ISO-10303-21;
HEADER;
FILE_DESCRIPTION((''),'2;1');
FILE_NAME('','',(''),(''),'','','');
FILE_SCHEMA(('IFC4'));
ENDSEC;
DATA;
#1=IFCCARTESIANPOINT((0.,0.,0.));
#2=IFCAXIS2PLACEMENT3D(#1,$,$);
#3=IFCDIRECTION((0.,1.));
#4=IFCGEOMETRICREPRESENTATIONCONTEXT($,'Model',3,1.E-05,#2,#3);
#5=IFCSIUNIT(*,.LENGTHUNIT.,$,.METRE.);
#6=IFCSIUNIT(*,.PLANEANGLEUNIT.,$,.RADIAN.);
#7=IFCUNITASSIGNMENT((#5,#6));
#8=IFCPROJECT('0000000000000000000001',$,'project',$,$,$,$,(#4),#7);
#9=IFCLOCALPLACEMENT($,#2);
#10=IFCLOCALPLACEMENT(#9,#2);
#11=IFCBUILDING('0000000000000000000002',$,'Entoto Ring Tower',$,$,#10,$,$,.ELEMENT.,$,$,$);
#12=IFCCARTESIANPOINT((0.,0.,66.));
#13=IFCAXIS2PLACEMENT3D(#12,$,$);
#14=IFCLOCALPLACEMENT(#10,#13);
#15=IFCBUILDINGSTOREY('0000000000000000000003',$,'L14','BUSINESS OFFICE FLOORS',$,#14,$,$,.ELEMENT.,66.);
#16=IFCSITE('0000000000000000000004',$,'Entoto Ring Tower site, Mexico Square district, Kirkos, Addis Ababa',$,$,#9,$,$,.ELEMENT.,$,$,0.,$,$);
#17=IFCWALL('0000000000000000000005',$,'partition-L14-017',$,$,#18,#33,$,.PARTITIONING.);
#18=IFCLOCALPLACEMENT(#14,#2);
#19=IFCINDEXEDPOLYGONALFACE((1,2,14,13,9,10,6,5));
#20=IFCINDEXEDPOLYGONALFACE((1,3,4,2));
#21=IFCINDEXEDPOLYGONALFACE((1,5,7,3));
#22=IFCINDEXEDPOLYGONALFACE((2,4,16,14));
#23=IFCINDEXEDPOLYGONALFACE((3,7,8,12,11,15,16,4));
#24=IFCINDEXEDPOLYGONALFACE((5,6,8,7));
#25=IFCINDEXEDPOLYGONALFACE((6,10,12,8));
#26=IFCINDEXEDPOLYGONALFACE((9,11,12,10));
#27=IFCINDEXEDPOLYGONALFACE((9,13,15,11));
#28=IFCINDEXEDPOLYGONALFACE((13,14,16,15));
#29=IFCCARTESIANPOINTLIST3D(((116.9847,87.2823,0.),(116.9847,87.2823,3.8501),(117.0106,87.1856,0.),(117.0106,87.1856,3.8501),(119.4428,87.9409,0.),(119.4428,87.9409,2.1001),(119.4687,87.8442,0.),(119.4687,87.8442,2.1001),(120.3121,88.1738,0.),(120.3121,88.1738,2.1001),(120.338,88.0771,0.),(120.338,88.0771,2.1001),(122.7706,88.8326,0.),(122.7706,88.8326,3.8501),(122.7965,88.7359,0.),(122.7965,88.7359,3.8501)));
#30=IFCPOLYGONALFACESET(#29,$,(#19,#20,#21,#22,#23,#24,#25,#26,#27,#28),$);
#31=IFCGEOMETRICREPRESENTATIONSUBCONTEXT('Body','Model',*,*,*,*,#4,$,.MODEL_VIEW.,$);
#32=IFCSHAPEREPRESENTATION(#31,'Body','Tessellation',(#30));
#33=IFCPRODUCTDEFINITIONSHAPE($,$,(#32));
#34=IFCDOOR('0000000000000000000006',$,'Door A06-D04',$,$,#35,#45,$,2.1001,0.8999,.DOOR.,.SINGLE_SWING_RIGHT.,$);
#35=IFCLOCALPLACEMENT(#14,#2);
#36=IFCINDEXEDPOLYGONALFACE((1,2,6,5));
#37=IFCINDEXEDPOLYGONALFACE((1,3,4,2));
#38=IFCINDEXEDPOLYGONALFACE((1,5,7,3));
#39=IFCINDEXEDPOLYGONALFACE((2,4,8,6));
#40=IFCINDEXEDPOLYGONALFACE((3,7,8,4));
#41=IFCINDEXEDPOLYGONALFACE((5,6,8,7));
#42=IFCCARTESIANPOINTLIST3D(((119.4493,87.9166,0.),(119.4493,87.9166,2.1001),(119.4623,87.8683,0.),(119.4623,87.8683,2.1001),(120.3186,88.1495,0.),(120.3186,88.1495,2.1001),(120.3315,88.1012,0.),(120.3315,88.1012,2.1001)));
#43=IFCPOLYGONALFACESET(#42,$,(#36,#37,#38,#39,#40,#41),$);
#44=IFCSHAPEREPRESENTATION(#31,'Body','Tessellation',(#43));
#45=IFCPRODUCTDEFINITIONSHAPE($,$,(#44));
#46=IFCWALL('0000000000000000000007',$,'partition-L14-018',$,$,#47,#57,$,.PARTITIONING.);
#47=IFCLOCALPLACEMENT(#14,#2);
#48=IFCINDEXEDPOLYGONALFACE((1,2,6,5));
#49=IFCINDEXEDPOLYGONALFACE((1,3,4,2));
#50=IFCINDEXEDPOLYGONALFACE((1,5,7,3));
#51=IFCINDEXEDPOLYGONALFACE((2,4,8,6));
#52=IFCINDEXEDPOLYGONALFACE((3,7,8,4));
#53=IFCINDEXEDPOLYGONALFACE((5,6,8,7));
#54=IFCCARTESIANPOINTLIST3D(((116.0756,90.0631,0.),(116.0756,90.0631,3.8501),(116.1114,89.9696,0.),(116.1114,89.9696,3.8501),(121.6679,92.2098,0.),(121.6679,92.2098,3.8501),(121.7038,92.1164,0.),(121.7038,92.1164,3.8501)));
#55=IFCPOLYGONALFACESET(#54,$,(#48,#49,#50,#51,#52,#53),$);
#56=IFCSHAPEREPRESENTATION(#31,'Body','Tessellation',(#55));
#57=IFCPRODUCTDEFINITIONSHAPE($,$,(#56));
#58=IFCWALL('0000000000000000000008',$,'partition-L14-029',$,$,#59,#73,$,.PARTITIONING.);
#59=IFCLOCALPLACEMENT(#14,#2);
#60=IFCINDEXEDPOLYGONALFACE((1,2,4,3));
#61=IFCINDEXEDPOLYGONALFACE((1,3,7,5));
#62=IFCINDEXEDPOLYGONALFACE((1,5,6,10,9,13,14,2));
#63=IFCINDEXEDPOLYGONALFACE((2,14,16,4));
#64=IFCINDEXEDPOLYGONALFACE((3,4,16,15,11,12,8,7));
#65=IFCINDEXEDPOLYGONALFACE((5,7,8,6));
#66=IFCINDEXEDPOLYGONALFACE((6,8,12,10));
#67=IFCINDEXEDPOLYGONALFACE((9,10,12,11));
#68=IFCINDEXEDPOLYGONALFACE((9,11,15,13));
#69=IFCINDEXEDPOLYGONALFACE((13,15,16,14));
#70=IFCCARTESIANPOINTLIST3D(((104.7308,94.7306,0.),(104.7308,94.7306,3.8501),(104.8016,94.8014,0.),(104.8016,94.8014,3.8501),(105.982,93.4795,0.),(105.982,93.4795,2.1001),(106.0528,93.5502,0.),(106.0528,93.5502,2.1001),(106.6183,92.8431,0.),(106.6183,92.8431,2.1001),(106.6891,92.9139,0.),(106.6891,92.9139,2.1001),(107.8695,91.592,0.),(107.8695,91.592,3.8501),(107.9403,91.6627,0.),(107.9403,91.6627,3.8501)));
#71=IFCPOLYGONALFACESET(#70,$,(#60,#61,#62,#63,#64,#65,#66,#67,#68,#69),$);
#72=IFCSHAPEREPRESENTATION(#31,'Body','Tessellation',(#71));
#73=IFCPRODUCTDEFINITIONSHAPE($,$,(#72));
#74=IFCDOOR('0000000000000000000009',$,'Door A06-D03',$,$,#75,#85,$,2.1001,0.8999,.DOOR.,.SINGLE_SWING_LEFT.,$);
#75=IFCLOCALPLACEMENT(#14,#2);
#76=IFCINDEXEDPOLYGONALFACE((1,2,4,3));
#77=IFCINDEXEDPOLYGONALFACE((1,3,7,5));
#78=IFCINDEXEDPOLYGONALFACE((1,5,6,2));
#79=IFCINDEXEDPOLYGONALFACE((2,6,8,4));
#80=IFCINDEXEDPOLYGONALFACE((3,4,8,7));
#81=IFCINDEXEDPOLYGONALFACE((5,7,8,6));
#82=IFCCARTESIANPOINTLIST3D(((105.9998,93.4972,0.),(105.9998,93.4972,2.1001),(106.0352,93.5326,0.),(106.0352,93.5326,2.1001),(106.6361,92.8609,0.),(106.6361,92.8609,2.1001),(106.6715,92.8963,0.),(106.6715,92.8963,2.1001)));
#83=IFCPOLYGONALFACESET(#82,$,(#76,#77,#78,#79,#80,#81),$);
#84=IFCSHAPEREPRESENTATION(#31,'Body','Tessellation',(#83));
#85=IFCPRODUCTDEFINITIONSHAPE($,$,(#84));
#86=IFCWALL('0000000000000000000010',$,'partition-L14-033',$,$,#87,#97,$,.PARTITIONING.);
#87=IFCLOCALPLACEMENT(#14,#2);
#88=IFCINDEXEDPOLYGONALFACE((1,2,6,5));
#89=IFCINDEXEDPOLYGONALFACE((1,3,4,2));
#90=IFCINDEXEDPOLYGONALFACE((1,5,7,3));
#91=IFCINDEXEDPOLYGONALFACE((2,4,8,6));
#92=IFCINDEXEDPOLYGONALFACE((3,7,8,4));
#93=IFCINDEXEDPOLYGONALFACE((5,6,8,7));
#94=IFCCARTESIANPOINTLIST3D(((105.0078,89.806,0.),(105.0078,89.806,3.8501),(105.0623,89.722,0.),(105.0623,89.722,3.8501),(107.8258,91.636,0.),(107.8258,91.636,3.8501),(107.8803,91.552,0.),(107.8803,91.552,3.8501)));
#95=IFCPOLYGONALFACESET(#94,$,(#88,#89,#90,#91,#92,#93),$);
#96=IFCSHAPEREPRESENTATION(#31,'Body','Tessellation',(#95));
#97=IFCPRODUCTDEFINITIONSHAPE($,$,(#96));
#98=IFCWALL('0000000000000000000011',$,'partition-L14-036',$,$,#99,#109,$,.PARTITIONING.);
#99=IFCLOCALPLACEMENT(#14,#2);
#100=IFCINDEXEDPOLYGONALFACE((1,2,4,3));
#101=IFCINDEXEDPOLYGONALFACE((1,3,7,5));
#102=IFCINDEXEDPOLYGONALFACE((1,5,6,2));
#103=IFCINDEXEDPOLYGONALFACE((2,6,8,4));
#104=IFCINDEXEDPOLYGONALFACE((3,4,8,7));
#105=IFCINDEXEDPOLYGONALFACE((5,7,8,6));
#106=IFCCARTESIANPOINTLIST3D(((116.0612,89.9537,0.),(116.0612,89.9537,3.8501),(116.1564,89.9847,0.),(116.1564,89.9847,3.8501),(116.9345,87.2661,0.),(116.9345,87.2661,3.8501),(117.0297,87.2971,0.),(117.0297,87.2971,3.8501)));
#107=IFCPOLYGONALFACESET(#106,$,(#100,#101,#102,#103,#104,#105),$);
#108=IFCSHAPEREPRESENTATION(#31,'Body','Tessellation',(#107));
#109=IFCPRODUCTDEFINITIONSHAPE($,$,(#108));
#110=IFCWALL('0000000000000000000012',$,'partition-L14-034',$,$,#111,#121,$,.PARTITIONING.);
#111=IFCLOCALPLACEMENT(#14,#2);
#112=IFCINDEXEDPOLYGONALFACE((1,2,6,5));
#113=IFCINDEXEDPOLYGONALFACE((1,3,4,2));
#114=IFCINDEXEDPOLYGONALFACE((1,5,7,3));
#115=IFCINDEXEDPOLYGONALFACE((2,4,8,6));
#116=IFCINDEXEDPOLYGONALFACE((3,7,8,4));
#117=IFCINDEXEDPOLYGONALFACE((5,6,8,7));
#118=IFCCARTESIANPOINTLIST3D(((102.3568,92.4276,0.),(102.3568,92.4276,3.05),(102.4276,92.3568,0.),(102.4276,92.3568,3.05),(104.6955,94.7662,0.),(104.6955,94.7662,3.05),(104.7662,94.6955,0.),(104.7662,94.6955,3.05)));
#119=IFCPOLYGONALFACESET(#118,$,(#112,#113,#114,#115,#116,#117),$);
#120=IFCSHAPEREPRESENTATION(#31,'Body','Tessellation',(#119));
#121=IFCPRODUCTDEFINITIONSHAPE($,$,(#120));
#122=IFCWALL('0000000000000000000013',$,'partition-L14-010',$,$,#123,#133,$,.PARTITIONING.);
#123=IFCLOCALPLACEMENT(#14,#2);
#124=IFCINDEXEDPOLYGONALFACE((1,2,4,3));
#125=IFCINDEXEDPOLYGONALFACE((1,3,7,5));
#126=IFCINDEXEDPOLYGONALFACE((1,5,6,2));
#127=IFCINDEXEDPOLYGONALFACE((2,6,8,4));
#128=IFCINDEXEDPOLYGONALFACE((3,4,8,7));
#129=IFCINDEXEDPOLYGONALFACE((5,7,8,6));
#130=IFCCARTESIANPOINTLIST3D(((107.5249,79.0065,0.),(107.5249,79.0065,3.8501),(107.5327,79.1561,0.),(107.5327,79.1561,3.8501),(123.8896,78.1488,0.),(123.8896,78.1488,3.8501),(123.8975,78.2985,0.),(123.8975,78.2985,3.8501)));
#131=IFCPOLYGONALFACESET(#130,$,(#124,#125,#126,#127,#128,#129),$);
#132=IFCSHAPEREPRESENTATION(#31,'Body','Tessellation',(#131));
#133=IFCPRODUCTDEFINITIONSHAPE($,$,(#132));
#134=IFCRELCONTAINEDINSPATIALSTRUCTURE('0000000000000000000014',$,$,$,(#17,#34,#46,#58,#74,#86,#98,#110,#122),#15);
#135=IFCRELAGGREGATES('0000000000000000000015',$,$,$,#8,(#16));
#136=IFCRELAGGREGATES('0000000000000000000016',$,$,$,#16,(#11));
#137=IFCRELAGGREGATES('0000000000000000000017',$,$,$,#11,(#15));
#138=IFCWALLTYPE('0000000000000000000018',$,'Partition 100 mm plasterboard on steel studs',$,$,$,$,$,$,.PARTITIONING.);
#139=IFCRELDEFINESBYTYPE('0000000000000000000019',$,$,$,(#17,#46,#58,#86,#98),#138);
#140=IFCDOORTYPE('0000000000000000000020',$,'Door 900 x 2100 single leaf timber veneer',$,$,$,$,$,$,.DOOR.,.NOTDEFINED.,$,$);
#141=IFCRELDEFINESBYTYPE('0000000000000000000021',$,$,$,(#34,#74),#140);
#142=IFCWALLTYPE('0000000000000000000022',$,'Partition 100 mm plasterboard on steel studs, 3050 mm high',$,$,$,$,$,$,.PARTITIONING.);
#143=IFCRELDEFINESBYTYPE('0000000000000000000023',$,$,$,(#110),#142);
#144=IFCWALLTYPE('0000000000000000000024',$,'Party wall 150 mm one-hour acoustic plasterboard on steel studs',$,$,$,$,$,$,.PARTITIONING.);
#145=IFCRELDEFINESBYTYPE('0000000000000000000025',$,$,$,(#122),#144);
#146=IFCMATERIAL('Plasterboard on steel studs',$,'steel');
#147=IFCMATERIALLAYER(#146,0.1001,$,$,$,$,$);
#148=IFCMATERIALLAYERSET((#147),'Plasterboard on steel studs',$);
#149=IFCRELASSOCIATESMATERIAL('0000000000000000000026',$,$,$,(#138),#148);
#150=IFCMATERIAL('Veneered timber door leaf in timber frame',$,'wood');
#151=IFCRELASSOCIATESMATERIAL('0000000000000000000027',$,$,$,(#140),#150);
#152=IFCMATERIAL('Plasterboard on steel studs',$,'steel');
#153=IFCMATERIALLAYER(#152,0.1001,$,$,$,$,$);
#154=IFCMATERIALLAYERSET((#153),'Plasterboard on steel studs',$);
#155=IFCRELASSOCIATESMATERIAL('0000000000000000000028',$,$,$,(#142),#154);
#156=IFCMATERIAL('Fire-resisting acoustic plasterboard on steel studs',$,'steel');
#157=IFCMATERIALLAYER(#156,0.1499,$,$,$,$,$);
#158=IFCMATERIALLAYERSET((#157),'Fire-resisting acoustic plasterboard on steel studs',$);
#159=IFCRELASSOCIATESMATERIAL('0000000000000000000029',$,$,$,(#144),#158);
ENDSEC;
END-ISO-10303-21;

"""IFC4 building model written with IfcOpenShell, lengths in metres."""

from ifc_helpers import new_model, si_unit, direction, frame, frame_2d, origin, place, context, subcontext, project, spatial, rectangle, extrude, material, layer, layer_set, type_object, element, fill, save


model = new_model("IFC4")

# Units and contexts
model_context = context("Model", 3, precision=1e-05, world=origin(), true_north=direction((0.0, 1.0)))
body_context = subcontext(model_context, "Body", "Model", "MODEL_VIEW")
ifc_project = project(units=[si_unit("LENGTHUNIT", "METRE"), si_unit("PLANEANGLEUNIT", "RADIAN")], contexts=[model_context])

# Site, building, storey
site_placement = place(None, origin())
site = spatial("IfcSite", under=ifc_project, at=site_placement, Name="Entoto Ring Tower site, Mexico Square district, Kirkos, Addis Ababa", CompositionType="ELEMENT", RefElevation=0.0)
building_placement = place(site_placement, origin())
building = spatial("IfcBuilding", under=site, at=building_placement, Name="Entoto Ring Tower", CompositionType="ELEMENT")
storey_placement = place(building_placement, frame((0.0, 0.0, 66.0)))
storey = spatial("IfcBuildingStorey", under=building, at=storey_placement, Name="L14", Description="BUSINESS OFFICE FLOORS", CompositionType="ELEMENT", Elevation=66.0)

# Wall, opening, door
ifc_material_1 = material(Name="Plasterboard on steel studs", Category="steel")
ifc_layer_1 = layer(ifc_material_1, 0.1001)
ifc_layer_set_1 = layer_set([ifc_layer_1], Name="Plasterboard on steel studs")
wall_type_1 = type_object("IfcWallType", Name="Partition 100 mm plasterboard on steel studs", PredefinedType="PARTITIONING", material=ifc_layer_set_1)
wall_1_placement = place(storey_placement, frame((116.9976, 87.2339, 0.0), z_axis=(0.0, 0.0, 1.0), x_axis=(0.965927, 0.258814, 0.0)))
wall_1 = element("IfcWall", 1, at=wall_1_placement, inside=storey, type_object=wall_type_1, Name="partition-L14-017", PredefinedType="PARTITIONING", context=body_context, shape_type="SweptSolid", body=[
    extrude(rectangle(XDim=5.99, YDim=0.1001, at=frame_2d((2.9951, 0.0))), origin(), (0.0, 0.0, 1.0), 3.8501),
])
opening_1_placement = place(wall_1_placement, frame((2.5449, 0.0, 0.0)))
opening_1 = element("IfcOpeningElement", 2, at=opening_1_placement, cuts=wall_1, PredefinedType="OPENING", context=body_context, shape_type="SweptSolid", body=[
    extrude(rectangle(XDim=0.8999, YDim=2.1001, at=frame_2d((0.45, 1.05))), frame((0.0, 0.0601, 0.0), z_axis=(0.0, -1.0, 0.0), x_axis=(1.0, 0.0, 0.0)), (0.0, 0.0, 1.0), 0.1201),
])
ifc_material_2 = material(Name="Veneered timber door leaf in timber frame", Category="wood")
door_type_1 = type_object("IfcDoorType", Name="Door 900 x 2100 single leaf timber veneer", OperationType="NOTDEFINED", PredefinedType="DOOR", material=ifc_material_2)
door_1_placement = place(opening_1_placement, origin())
door_1 = element("IfcDoor", 3, at=door_1_placement, inside=storey, type_object=door_type_1, Name="Door A06-D04", OperationType="SINGLE_SWING_RIGHT", OverallHeight=2.1001, OverallWidth=0.8999, PredefinedType="DOOR", context=body_context, shape_type="SweptSolid", body=[
    extrude(rectangle(XDim=0.8999, YDim=2.1001, at=frame_2d((0.45, 1.05))), frame((0.0, 0.0249, 0.0), z_axis=(0.0, -1.0, 0.0), x_axis=(1.0, 0.0, 0.0)), (0.0, 0.0, 1.0), 0.05),
])
fill(opening_1, door_1)

# Wall
wall_2_placement = place(storey_placement, frame((116.0935, 90.0164, 0.0), z_axis=(0.0, 0.0, 1.0), x_axis=(0.933578, 0.358375, 0.0)))
element("IfcWall", 4, at=wall_2_placement, inside=storey, type_object=wall_type_1, Name="partition-L14-018", PredefinedType="PARTITIONING", context=body_context, shape_type="SweptSolid", body=[
    extrude(rectangle(XDim=5.9902, YDim=0.1001, at=frame_2d((2.9951, 0.0))), origin(), (0.0, 0.0, 1.0), 3.8501),
])

# Wall, opening, door
wall_3_placement = place(storey_placement, frame((107.9048, 91.6274, 0.0), z_axis=(0.0, 0.0, 1.0), x_axis=(-0.707107, 0.707107, 0.0)))
wall_3 = element("IfcWall", 5, at=wall_3_placement, inside=storey, type_object=wall_type_1, Name="partition-L14-029", PredefinedType="PARTITIONING", context=body_context, shape_type="SweptSolid", body=[
    extrude(rectangle(XDim=4.4387, YDim=0.1001, at=frame_2d((2.2192, 0.0))), origin(), (0.0, 0.0, 1.0), 3.8501),
])
opening_2_placement = place(wall_3_placement, frame((1.7693, 0.0, 0.0)))
opening_2 = element("IfcOpeningElement", 6, at=opening_2_placement, cuts=wall_3, PredefinedType="OPENING", context=body_context, shape_type="SweptSolid", body=[
    extrude(rectangle(XDim=0.8999, YDim=2.1001, at=frame_2d((0.45, 1.05))), frame((0.0, 0.0601, 0.0), z_axis=(0.0, -1.0, 0.0), x_axis=(1.0, 0.0, 0.0)), (0.0, 0.0, 1.0), 0.1201),
])
door_2_placement = place(opening_2_placement, origin())
door_2 = element("IfcDoor", 7, at=door_2_placement, inside=storey, type_object=door_type_1, Name="Door A06-D03", OperationType="SINGLE_SWING_LEFT", OverallHeight=2.1001, OverallWidth=0.8999, PredefinedType="DOOR", context=body_context, shape_type="SweptSolid", body=[
    extrude(rectangle(XDim=0.8999, YDim=2.1001, at=frame_2d((0.45, 1.05))), frame((0.0, 0.0249, 0.0), z_axis=(0.0, -1.0, 0.0), x_axis=(1.0, 0.0, 0.0)), (0.0, 0.0, 1.0), 0.05),
])
fill(opening_2, door_2)

# Walls
wall_4_placement = place(storey_placement, frame((105.0349, 89.7639, 0.0), z_axis=(0.0, 0.0, 1.0), x_axis=(0.838674, 0.544633, 0.0)))
element("IfcWall", 8, at=wall_4_placement, inside=storey, type_object=wall_type_1, Name="partition-L14-033", PredefinedType="PARTITIONING", context=body_context, shape_type="SweptSolid", body=[
    extrude(rectangle(XDim=3.3601, YDim=0.1001, at=frame_2d((1.6802, 0.0))), origin(), (0.0, 0.0, 1.0), 3.8501),
])
wall_5_placement = place(storey_placement, frame((116.9822, 87.2815, 0.0), z_axis=(0.0, 0.0, 1.0), x_axis=(-0.309039, 0.951049, 0.0)))
element("IfcWall", 9, at=wall_5_placement, inside=storey, type_object=wall_type_1, Name="partition-L14-036", PredefinedType="PARTITIONING", context=body_context, shape_type="SweptSolid", body=[
    extrude(rectangle(XDim=2.8259, YDim=0.1001, at=frame_2d((1.4131, 0.0))), origin(), (0.0, 0.0, 1.0), 3.8501),
])
ifc_material_3 = material(Name="Plasterboard on steel studs", Category="steel")
ifc_layer_2 = layer(ifc_material_3, 0.1001)
ifc_layer_set_2 = layer_set([ifc_layer_2], Name="Plasterboard on steel studs")
wall_type_2 = type_object("IfcWallType", Name="Partition 100 mm plasterboard on steel studs, 3050 mm high", PredefinedType="PARTITIONING", material=ifc_layer_set_2)
wall_6_placement = place(storey_placement, frame((102.3921, 92.3921, 0.0), z_axis=(0.0, 0.0, 1.0), x_axis=(0.707107, 0.707107, 0.0)))
element("IfcWall", 10, at=wall_6_placement, inside=storey, type_object=wall_type_2, Name="partition-L14-034", PredefinedType="PARTITIONING", context=body_context, shape_type="SweptSolid", body=[
    extrude(rectangle(XDim=3.3074, YDim=0.1001, at=frame_2d((1.6538, 0.0))), origin(), (0.0, 0.0, 1.0), 3.05),
])
ifc_material_4 = material(Name="Fire-resisting acoustic plasterboard on steel studs", Category="steel")
ifc_layer_3 = layer(ifc_material_4, 0.1499)
ifc_layer_set_3 = layer_set([ifc_layer_3], Name="Fire-resisting acoustic plasterboard on steel studs")
wall_type_3 = type_object("IfcWallType", Name="Party wall 150 mm one-hour acoustic plasterboard on steel studs", PredefinedType="PARTITIONING", material=ifc_layer_set_3)
wall_7_placement = place(storey_placement, frame((123.8936, 78.2236, 0.0), z_axis=(0.0, 0.0, 1.0), x_axis=(-0.998629, 0.052338, 0.0)))
element("IfcWall", 11, at=wall_7_placement, inside=storey, type_object=wall_type_3, Name="partition-L14-010", PredefinedType="PARTITIONING", context=body_context, shape_type="SweptSolid", body=[
    extrude(rectangle(XDim=16.3872, YDim=0.1499, at=frame_2d((8.1936, 0.0))), origin(), (0.0, 0.0, 1.0), 3.8501),
])

save(model, "model.ifc")
